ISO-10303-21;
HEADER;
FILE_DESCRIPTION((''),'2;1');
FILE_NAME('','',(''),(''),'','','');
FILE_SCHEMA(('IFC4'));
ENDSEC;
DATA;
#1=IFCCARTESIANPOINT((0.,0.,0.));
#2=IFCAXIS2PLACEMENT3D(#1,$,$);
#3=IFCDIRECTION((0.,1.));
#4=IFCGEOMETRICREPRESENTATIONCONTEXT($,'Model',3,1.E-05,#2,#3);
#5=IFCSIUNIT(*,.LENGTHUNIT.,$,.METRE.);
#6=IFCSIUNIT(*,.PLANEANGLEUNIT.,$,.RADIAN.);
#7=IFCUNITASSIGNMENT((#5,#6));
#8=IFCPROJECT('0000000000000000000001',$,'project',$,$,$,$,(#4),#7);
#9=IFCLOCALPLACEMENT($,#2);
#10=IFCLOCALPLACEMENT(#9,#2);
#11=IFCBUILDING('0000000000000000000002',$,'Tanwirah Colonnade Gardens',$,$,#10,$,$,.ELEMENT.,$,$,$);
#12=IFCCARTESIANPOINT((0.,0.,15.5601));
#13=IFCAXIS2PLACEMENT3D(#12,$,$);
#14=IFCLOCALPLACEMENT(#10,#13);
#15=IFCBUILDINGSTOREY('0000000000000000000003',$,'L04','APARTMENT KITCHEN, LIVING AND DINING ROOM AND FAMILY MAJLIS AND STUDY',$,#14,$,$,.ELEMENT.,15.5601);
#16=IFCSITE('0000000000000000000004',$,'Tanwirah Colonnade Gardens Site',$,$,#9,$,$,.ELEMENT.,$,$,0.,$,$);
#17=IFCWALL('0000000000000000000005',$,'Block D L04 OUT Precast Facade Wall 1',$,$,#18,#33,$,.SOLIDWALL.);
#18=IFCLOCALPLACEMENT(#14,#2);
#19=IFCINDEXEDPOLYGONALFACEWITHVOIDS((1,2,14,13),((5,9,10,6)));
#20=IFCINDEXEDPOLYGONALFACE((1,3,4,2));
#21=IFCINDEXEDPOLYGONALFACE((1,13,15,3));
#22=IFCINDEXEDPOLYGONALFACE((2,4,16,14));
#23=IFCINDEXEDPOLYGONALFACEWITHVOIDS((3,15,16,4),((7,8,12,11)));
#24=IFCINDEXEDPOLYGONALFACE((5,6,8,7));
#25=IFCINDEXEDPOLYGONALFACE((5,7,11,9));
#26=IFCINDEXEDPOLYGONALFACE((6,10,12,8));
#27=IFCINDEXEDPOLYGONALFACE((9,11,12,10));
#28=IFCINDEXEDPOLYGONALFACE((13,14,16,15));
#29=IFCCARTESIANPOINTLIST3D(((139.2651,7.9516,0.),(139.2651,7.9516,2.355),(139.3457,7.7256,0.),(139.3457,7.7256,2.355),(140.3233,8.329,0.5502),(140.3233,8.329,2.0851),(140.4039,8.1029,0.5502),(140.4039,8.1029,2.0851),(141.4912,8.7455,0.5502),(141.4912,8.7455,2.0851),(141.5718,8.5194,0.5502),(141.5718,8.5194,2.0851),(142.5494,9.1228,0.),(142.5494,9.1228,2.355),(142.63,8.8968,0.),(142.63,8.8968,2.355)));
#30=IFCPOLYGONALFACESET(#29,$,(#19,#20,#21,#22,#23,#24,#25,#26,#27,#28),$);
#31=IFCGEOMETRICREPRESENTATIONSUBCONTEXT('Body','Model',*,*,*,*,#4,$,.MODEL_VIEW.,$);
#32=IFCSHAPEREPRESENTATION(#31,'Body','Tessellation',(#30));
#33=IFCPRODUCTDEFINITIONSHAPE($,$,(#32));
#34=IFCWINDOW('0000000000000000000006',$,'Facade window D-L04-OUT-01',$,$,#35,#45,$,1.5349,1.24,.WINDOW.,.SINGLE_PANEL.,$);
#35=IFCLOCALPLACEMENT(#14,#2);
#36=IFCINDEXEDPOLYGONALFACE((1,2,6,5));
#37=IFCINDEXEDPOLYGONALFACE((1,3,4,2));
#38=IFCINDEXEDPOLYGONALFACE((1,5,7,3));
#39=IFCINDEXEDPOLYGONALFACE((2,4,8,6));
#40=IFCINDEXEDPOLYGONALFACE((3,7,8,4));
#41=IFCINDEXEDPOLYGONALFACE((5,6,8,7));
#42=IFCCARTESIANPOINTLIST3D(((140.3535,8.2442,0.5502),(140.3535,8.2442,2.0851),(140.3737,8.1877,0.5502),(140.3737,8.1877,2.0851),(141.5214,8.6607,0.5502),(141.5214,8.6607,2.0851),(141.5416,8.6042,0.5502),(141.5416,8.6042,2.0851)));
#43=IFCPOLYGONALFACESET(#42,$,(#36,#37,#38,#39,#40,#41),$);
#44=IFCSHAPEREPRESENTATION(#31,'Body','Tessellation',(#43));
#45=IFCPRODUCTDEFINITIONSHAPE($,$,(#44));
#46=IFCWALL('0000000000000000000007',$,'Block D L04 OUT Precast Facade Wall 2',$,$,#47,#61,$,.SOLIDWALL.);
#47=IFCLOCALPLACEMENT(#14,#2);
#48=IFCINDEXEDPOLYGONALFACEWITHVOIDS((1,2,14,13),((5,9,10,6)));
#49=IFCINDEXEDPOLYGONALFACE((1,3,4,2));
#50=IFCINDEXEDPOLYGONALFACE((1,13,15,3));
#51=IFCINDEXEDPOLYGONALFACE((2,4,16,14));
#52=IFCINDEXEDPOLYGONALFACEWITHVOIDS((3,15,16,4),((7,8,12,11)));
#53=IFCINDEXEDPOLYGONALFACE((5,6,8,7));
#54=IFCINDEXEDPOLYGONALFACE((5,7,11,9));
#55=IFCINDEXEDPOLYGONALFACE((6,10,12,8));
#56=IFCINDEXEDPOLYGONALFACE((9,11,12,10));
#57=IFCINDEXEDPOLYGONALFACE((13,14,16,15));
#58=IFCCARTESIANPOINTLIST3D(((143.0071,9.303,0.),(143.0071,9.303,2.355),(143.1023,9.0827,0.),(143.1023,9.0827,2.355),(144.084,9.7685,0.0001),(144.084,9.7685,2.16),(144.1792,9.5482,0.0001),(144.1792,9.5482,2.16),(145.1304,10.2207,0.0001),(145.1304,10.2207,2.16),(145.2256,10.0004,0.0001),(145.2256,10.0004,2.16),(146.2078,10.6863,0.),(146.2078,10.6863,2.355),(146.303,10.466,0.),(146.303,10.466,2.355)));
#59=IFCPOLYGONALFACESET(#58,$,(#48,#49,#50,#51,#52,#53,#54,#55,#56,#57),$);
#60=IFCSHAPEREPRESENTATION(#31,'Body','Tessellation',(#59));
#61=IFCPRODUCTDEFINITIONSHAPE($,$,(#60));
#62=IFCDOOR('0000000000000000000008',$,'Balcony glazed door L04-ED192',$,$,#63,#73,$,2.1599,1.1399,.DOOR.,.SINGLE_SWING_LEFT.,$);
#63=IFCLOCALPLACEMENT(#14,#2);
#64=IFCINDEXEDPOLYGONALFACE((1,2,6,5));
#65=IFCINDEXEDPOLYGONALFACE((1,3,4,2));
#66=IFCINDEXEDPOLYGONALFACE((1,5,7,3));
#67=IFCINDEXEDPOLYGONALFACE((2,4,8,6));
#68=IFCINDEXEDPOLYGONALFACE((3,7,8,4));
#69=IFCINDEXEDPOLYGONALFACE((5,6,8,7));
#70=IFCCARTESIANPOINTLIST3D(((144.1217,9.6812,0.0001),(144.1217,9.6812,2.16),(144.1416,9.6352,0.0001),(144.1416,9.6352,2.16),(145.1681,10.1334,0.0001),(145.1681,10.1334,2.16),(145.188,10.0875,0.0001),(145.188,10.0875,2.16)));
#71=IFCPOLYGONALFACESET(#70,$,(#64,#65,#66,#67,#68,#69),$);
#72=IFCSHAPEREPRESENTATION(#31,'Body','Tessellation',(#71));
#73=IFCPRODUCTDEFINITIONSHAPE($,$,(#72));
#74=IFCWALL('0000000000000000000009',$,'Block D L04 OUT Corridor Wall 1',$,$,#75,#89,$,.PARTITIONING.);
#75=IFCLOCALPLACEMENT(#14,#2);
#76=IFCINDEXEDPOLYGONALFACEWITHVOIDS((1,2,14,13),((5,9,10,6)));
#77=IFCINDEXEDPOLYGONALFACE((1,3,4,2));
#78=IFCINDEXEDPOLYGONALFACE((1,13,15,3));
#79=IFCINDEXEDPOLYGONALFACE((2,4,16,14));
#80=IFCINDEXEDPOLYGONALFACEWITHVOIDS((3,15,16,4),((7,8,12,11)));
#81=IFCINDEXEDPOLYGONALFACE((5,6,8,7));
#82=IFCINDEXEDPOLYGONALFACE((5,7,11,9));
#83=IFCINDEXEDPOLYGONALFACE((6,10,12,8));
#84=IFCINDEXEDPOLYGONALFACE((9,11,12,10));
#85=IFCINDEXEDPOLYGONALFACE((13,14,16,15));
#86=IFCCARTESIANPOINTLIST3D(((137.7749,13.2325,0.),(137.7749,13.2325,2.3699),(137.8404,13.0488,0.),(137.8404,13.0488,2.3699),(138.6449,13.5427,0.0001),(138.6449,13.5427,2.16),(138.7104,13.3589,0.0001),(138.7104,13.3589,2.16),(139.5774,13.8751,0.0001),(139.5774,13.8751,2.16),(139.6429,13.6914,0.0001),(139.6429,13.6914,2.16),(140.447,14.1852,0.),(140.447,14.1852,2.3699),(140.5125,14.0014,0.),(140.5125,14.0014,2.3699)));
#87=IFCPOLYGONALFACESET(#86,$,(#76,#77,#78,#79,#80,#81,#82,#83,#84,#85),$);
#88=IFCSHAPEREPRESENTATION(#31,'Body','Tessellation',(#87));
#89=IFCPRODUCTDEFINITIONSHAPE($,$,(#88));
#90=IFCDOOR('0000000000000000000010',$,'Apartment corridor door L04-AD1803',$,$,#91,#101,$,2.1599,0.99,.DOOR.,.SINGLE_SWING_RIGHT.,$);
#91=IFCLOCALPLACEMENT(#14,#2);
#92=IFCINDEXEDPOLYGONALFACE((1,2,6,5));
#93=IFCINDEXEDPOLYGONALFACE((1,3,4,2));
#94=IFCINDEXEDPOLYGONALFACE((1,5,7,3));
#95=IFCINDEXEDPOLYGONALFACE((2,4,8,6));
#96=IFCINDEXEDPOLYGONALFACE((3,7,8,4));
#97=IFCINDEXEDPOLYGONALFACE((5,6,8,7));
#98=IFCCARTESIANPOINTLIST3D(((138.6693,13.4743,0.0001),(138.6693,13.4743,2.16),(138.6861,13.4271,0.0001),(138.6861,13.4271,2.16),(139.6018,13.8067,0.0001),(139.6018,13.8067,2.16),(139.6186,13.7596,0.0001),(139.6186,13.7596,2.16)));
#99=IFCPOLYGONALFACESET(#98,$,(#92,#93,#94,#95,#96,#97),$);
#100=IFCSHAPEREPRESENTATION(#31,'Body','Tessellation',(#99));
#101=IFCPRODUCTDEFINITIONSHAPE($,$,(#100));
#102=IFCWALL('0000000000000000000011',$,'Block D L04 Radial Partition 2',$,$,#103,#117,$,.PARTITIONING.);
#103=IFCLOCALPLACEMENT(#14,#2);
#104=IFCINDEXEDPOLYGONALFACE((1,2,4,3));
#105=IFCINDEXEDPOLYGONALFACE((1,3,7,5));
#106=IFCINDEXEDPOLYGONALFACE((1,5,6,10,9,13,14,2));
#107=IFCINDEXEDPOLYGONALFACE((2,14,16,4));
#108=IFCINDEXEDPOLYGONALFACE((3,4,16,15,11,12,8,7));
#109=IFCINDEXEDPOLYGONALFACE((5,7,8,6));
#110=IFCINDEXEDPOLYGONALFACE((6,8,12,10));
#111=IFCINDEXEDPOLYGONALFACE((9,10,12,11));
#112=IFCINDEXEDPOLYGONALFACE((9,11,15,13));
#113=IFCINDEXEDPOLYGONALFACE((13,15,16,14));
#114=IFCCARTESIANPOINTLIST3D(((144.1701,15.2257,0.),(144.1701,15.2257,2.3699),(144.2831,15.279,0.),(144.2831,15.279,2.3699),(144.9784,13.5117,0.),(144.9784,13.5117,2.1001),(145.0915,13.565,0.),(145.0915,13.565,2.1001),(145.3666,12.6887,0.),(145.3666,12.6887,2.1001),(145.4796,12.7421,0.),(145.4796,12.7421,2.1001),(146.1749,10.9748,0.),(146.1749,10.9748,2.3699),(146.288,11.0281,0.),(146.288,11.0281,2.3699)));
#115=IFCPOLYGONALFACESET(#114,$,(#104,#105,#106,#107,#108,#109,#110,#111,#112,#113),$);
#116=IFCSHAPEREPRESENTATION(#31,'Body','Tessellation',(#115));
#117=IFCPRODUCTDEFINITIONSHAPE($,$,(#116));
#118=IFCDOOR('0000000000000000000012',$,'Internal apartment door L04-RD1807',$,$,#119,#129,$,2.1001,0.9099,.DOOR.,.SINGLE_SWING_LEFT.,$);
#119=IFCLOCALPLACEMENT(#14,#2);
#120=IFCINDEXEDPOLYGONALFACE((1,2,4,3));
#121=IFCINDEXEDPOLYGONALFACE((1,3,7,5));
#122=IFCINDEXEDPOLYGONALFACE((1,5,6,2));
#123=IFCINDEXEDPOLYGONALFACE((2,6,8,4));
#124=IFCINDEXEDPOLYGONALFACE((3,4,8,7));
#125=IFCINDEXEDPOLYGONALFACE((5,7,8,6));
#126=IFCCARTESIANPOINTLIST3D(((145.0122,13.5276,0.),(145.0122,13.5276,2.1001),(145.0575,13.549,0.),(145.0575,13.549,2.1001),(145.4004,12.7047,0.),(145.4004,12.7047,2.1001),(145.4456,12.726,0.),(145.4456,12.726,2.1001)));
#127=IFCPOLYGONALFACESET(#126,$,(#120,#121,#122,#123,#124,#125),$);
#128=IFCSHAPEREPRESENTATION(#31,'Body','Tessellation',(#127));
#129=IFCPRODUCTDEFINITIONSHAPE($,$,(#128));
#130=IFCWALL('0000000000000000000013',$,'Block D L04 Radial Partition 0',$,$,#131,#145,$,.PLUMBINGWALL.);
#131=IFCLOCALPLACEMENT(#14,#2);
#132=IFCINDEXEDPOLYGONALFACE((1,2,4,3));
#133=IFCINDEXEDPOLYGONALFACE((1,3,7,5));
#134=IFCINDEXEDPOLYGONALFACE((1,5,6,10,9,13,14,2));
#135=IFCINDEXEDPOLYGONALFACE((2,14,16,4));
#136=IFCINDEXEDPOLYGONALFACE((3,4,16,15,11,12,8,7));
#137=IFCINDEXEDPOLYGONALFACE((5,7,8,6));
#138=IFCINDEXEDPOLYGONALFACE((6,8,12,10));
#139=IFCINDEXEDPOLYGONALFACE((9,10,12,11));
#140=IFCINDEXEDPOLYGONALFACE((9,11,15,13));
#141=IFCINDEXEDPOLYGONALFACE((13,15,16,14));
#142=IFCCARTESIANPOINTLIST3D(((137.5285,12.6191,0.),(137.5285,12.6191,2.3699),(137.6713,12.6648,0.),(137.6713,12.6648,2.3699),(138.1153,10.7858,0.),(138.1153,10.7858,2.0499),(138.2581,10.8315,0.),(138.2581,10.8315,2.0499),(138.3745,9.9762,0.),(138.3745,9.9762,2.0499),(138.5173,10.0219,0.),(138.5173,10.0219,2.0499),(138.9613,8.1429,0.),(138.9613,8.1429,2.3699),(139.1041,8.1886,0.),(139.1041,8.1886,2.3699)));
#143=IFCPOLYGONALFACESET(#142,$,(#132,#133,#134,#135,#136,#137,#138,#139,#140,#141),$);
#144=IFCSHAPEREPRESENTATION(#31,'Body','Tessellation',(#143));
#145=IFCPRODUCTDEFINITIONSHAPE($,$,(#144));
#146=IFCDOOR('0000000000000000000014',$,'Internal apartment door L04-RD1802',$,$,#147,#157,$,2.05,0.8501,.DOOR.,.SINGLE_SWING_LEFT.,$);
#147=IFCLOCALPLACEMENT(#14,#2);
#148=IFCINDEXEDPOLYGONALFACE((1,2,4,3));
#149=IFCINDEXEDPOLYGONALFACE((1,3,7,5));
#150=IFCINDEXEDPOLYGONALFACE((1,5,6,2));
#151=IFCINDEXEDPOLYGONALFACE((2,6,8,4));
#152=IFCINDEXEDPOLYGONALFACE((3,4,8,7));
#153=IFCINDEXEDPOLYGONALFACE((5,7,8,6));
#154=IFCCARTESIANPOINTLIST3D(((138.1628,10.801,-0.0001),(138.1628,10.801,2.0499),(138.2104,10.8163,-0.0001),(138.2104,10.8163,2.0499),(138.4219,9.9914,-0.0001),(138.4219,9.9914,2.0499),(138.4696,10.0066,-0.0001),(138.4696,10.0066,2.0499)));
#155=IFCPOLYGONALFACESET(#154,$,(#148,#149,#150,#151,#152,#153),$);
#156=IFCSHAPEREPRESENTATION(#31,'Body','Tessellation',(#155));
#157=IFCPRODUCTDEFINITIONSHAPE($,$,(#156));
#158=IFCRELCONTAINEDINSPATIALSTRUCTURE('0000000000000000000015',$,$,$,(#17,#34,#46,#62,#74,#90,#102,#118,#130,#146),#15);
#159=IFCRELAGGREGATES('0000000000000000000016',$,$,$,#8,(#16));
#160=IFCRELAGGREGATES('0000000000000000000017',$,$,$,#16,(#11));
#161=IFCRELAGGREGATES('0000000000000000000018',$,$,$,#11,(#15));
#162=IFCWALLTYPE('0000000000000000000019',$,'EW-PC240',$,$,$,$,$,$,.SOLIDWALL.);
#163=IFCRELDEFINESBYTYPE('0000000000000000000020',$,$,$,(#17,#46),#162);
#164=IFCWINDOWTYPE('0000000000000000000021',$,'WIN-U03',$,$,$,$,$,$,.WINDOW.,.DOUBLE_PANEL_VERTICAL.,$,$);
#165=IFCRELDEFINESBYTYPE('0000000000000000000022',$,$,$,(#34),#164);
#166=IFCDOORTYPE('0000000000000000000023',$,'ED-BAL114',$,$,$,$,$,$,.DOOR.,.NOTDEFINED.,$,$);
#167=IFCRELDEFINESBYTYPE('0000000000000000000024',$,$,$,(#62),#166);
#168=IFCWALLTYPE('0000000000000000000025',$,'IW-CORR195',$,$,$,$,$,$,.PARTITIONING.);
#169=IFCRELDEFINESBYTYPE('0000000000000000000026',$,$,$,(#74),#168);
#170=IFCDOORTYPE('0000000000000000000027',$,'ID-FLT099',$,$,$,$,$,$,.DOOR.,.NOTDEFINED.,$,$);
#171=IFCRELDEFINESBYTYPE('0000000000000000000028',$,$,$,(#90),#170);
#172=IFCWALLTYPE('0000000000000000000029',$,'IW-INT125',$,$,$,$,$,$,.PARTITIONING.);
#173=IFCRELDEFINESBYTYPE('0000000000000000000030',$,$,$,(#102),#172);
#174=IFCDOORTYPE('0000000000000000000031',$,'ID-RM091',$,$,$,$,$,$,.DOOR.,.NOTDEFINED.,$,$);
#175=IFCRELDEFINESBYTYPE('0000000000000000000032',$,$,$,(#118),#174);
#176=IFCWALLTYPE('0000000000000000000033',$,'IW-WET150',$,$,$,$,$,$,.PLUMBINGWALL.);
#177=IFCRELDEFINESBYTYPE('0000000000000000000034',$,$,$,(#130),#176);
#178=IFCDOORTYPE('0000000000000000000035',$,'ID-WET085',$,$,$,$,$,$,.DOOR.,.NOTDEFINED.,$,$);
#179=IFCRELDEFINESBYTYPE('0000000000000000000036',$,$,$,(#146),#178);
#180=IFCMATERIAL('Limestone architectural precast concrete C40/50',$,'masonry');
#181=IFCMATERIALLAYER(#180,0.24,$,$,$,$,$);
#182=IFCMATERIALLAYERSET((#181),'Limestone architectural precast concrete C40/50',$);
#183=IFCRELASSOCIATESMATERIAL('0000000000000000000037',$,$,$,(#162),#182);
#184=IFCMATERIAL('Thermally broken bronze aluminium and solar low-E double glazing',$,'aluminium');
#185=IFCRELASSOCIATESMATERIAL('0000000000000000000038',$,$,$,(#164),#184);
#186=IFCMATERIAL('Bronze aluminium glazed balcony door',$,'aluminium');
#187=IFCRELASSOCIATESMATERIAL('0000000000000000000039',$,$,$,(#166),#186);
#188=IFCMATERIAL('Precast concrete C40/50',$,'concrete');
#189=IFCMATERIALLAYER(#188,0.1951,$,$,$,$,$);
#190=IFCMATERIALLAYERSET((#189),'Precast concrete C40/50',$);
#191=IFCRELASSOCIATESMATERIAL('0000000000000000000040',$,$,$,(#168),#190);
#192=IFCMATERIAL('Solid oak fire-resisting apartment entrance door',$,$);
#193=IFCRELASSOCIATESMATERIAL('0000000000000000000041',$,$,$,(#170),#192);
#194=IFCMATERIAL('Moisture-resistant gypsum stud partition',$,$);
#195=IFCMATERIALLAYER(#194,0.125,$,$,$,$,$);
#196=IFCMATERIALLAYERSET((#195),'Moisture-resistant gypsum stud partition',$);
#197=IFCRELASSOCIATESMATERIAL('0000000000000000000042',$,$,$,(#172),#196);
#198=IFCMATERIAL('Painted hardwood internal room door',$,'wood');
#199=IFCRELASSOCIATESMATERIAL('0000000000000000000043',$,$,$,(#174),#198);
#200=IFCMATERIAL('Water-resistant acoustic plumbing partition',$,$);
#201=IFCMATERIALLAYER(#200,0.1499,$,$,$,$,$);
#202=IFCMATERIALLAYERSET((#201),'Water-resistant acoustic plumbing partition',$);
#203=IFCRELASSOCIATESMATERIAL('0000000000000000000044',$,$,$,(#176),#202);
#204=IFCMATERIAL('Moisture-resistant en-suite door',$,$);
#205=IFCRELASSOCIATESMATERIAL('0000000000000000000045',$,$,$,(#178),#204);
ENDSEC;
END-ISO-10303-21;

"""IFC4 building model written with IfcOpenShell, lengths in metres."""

from ifc_helpers import new_model, si_unit, direction, frame, frame_2d, origin, place, context, subcontext, project, spatial, rectangle, extrude, material, layer, layer_set, type_object, element, fill, save


model = new_model("IFC4")

# Units and contexts
model_context = context("Model", 3, precision=1e-05, world=origin(), true_north=direction((0.0, 1.0)))
body_context = subcontext(model_context, "Body", "Model", "MODEL_VIEW")
ifc_project = project(units=[si_unit("LENGTHUNIT", "METRE"), si_unit("PLANEANGLEUNIT", "RADIAN")], contexts=[model_context])

# Site, building, storey
site_placement = place(None, origin())
site = spatial("IfcSite", under=ifc_project, at=site_placement, Name="Tanwirah Colonnade Gardens Site", CompositionType="ELEMENT", RefElevation=0.0)
building_placement = place(site_placement, origin())
building = spatial("IfcBuilding", under=site, at=building_placement, Name="Tanwirah Colonnade Gardens", CompositionType="ELEMENT")
storey_placement = place(building_placement, frame((0.0, 0.0, 15.5601)))
storey = spatial("IfcBuildingStorey", under=building, at=storey_placement, Name="L04", Description="APARTMENT KITCHEN, LIVING AND DINING ROOM AND FAMILY MAJLIS AND STUDY", CompositionType="ELEMENT", Elevation=15.5601)

# Shared definitions
ifc_material_1 = material(Name="Precast concrete C40/50", Category="concrete")

# Wall, opening, window
ifc_material_2 = material(Name="Limestone architectural precast concrete C40/50", Category="masonry")
ifc_layer_1 = layer(ifc_material_2, 0.24)
ifc_layer_set_1 = layer_set([ifc_layer_1], Name="Limestone architectural precast concrete C40/50")
wall_type_1 = type_object("IfcWallType", Name="EW-PC240", PredefinedType="SOLIDWALL", material=ifc_layer_set_1)
wall_1_placement = place(storey_placement, frame((139.3054, 7.8386, 0.0), z_axis=(0.0, 0.0, 1.0), x_axis=(0.941903, 0.335884, 0.0)))
wall_1 = element("IfcWall", 1, at=wall_1_placement, inside=storey, type_object=wall_type_1, Name="Block D L04 OUT Precast Facade Wall 1", PredefinedType="SOLIDWALL", context=body_context, shape_type="SweptSolid", body=[
    extrude(rectangle(XDim=3.4868, YDim=0.24, at=frame_2d((1.7434, 0.0))), origin(), (0.0, 0.0, 1.0), 2.355),
])
opening_1_placement = place(wall_1_placement, frame((1.1233, 0.0, 0.55)))
opening_1 = element("IfcOpeningElement", 2, at=opening_1_placement, cuts=wall_1, PredefinedType="OPENING", context=body_context, shape_type="SweptSolid", body=[
    extrude(rectangle(XDim=1.24, YDim=1.5349, at=frame_2d((0.6201, 0.7676))), frame((0.0, 0.1299, 0.0), z_axis=(0.0, -1.0, 0.0), x_axis=(1.0, 0.0, 0.0)), (0.0, 0.0, 1.0), 0.26),
])
ifc_material_3 = material(Name="Thermally broken bronze aluminium and solar low-E double glazing", Category="aluminium")
window_type = type_object("IfcWindowType", Name="WIN-U03", PartitioningType="DOUBLE_PANEL_VERTICAL", PredefinedType="WINDOW", material=ifc_material_3)
window_placement = place(opening_1_placement, origin())
window = element("IfcWindow", 3, at=window_placement, inside=storey, type_object=window_type, Name="Facade window D-L04-OUT-01", OverallHeight=1.5349, OverallWidth=1.24, PartitioningType="SINGLE_PANEL", PredefinedType="WINDOW", context=body_context, shape_type="SweptSolid", body=[
    extrude(rectangle(XDim=1.24, YDim=1.5349, at=frame_2d((0.6201, 0.7676))), frame((0.0, 0.03, 0.0), z_axis=(0.0, -1.0, 0.0), x_axis=(1.0, 0.0, 0.0)), (0.0, 0.0, 1.0), 0.0601),
])
fill(opening_1, window)

# Walls, openings, doors
wall_2_placement = place(storey_placement, frame((143.0547, 9.1929, 0.0), z_axis=(0.0, 0.0, 1.0), x_axis=(0.917938, 0.396723, 0.0)))
wall_2 = element("IfcWall", 4, at=wall_2_placement, inside=storey, type_object=wall_type_1, Name="Block D L04 OUT Precast Facade Wall 2", PredefinedType="SOLIDWALL", context=body_context, shape_type="SweptSolid", body=[
    extrude(rectangle(XDim=3.4868, YDim=0.24, at=frame_2d((1.7434, 0.0))), origin(), (0.0, 0.0, 1.0), 2.355),
])
opening_2_placement = place(wall_2_placement, frame((1.1733, 0.0, 0.0)))
opening_2 = element("IfcOpeningElement", 5, at=opening_2_placement, cuts=wall_2, PredefinedType="OPENING", context=body_context, shape_type="SweptSolid", body=[
    extrude(rectangle(XDim=1.1399, YDim=2.1599, at=frame_2d((0.5698, 1.0801))), frame((0.0, 0.1299, 0.0), z_axis=(0.0, -1.0, 0.0), x_axis=(1.0, 0.0, 0.0)), (0.0, 0.0, 1.0), 0.26),
])
ifc_material_4 = material(Name="Bronze aluminium glazed balcony door", Category="aluminium")
door_type_1 = type_object("IfcDoorType", Name="ED-BAL114", OperationType="NOTDEFINED", PredefinedType="DOOR", material=ifc_material_4)
door_1_placement = place(opening_2_placement, origin())
door_1 = element("IfcDoor", 6, at=door_1_placement, inside=storey, type_object=door_type_1, Name="Balcony glazed door L04-ED192", OperationType="SINGLE_SWING_LEFT", OverallHeight=2.1599, OverallWidth=1.1399, PredefinedType="DOOR", context=body_context, shape_type="SweptSolid", body=[
    extrude(rectangle(XDim=1.1399, YDim=2.1599, at=frame_2d((0.5698, 1.0801))), frame((0.0, 0.0249, 0.0), z_axis=(0.0, -1.0, 0.0), x_axis=(1.0, 0.0, 0.0)), (0.0, 0.0, 1.0), 0.05),
])
fill(opening_2, door_1)
ifc_layer_2 = layer(ifc_material_1, 0.1951)
ifc_layer_set_2 = layer_set([ifc_layer_2], Name="Precast concrete C40/50")
wall_type_2 = type_object("IfcWallType", Name="IW-CORR195", PredefinedType="PARTITIONING", material=ifc_layer_set_2)
wall_3_placement = place(storey_placement, frame((137.8076, 13.1406, 0.0), z_axis=(0.0, 0.0, 1.0), x_axis=(0.941931, 0.335808, 0.0)))
wall_3 = element("IfcWall", 7, at=wall_3_placement, inside=storey, type_object=wall_type_2, Name="Block D L04 OUT Corridor Wall 1", PredefinedType="PARTITIONING", context=body_context, shape_type="SweptSolid", body=[
    extrude(rectangle(XDim=2.8369, YDim=0.1951, at=frame_2d((1.4185, 0.0))), origin(), (0.0, 0.0, 1.0), 2.3699),
])
opening_3_placement = place(wall_3_placement, frame((0.9236, 0.0, 0.0)))
opening_3 = element("IfcOpeningElement", 8, at=opening_3_placement, cuts=wall_3, PredefinedType="OPENING", context=body_context, shape_type="SweptSolid", body=[
    extrude(rectangle(XDim=0.99, YDim=2.1599, at=frame_2d((0.4951, 1.0801))), frame((0.0, 0.1074, 0.0), z_axis=(0.0, -1.0, 0.0), x_axis=(1.0, 0.0, 0.0)), (0.0, 0.0, 1.0), 0.2151),
])
ifc_material_5 = material(Name="Solid oak fire-resisting apartment entrance door")
door_type_2 = type_object("IfcDoorType", Name="ID-FLT099", OperationType="NOTDEFINED", PredefinedType="DOOR", material=ifc_material_5)
door_2_placement = place(opening_3_placement, origin())
door_2 = element("IfcDoor", 9, at=door_2_placement, inside=storey, type_object=door_type_2, Name="Apartment corridor door L04-AD1803", OperationType="SINGLE_SWING_RIGHT", OverallHeight=2.1599, OverallWidth=0.99, PredefinedType="DOOR", context=body_context, shape_type="SweptSolid", body=[
    extrude(rectangle(XDim=0.99, YDim=2.1599, at=frame_2d((0.4951, 1.0801))), frame((0.0, 0.0249, 0.0), z_axis=(0.0, -1.0, 0.0), x_axis=(1.0, 0.0, 0.0)), (0.0, 0.0, 1.0), 0.05),
])
fill(opening_3, door_2)
ifc_material_6 = material(Name="Moisture-resistant gypsum stud partition")
ifc_layer_3 = layer(ifc_material_6, 0.125)
ifc_layer_set_3 = layer_set([ifc_layer_3], Name="Moisture-resistant gypsum stud partition")
wall_type_3 = type_object("IfcWallType", Name="IW-INT125", PredefinedType="PARTITIONING", material=ifc_layer_set_3)
wall_4_placement = place(storey_placement, frame((144.2266, 15.2524, 0.0), z_axis=(0.0, 0.0, 1.0), x_axis=(0.426567, -0.904456, 0.0)))
wall_4 = element("IfcWall", 10, at=wall_4_placement, inside=storey, type_object=wall_type_3, Name="Block D L04 Radial Partition 2", PredefinedType="PARTITIONING", context=body_context, shape_type="SweptSolid", body=[
    extrude(rectangle(XDim=4.7, YDim=0.125, at=frame_2d((2.3501, 0.0))), origin(), (0.0, 0.0, 1.0), 2.3699),
])
opening_4_placement = place(wall_4_placement, frame((1.895, 0.0, 0.0)))
opening_4 = element("IfcOpeningElement", 11, at=opening_4_placement, cuts=wall_4, PredefinedType="OPENING", context=body_context, shape_type="SweptSolid", body=[
    extrude(rectangle(XDim=0.9099, YDim=2.1001, at=frame_2d((0.4551, 1.05))), frame((0.0, 0.0725, 0.0), z_axis=(0.0, -1.0, 0.0), x_axis=(1.0, 0.0, 0.0)), (0.0, 0.0, 1.0), 0.145),
])
ifc_material_7 = material(Name="Painted hardwood internal room door", Category="wood")
door_type_3 = type_object("IfcDoorType", Name="ID-RM091", OperationType="NOTDEFINED", PredefinedType="DOOR", material=ifc_material_7)
door_3_placement = place(opening_4_placement, origin())
door_3 = element("IfcDoor", 12, at=door_3_placement, inside=storey, type_object=door_type_3, Name="Internal apartment door L04-RD1807", OperationType="SINGLE_SWING_LEFT", OverallHeight=2.1001, OverallWidth=0.9099, PredefinedType="DOOR", context=body_context, shape_type="SweptSolid", body=[
    extrude(rectangle(XDim=0.9099, YDim=2.1001, at=frame_2d((0.4551, 1.05))), frame((0.0, 0.0249, 0.0), z_axis=(0.0, -1.0, 0.0), x_axis=(1.0, 0.0, 0.0)), (0.0, 0.0, 1.0), 0.05),
])
fill(opening_4, door_3)
ifc_material_8 = material(Name="Water-resistant acoustic plumbing partition")
ifc_layer_4 = layer(ifc_material_8, 0.1499)
ifc_layer_set_4 = layer_set([ifc_layer_4], Name="Water-resistant acoustic plumbing partition")
wall_type_4 = type_object("IfcWallType", Name="IW-WET150", PredefinedType="PLUMBINGWALL", material=ifc_layer_set_4)
wall_5_placement = place(storey_placement, frame((137.5999, 12.6421, 0.0), z_axis=(0.0, 0.0, 1.0), x_axis=(0.304861, -0.952397, 0.0)))
wall_5 = element("IfcWall", 13, at=wall_5_placement, inside=storey, type_object=wall_type_4, Name="Block D L04 Radial Partition 0", PredefinedType="PLUMBINGWALL", context=body_context, shape_type="SweptSolid", body=[
    extrude(rectangle(XDim=4.7, YDim=0.1499, at=frame_2d((2.3501, 0.0))), origin(), (0.0, 0.0, 1.0), 2.3699),
])
opening_5_placement = place(wall_5_placement, frame((1.925, 0.0, 0.0)))
opening_5 = element("IfcOpeningElement", 14, at=opening_5_placement, cuts=wall_5, PredefinedType="OPENING", context=body_context, shape_type="SweptSolid", body=[
    extrude(rectangle(XDim=0.8501, YDim=2.05, at=frame_2d((0.425, 1.0249))), frame((0.0, 0.085, 0.0), z_axis=(0.0, -1.0, 0.0), x_axis=(1.0, 0.0, 0.0)), (0.0, 0.0, 1.0), 0.1699),
])
ifc_material_9 = material(Name="Moisture-resistant en-suite door")
door_type_4 = type_object("IfcDoorType", Name="ID-WET085", OperationType="NOTDEFINED", PredefinedType="DOOR", material=ifc_material_9)
door_4_placement = place(opening_5_placement, origin())
door_4 = element("IfcDoor", 15, at=door_4_placement, inside=storey, type_object=door_type_4, Name="Internal apartment door L04-RD1802", OperationType="SINGLE_SWING_LEFT", OverallHeight=2.05, OverallWidth=0.8501, PredefinedType="DOOR", context=body_context, shape_type="SweptSolid", body=[
    extrude(rectangle(XDim=0.8501, YDim=2.05, at=frame_2d((0.425, 1.0249))), frame((0.0, 0.0249, 0.0), z_axis=(0.0, -1.0, 0.0), x_axis=(1.0, 0.0, 0.0)), (0.0, 0.0, 1.0), 0.05),
])
fill(opening_5, door_4)

save(model, "model.ifc")
